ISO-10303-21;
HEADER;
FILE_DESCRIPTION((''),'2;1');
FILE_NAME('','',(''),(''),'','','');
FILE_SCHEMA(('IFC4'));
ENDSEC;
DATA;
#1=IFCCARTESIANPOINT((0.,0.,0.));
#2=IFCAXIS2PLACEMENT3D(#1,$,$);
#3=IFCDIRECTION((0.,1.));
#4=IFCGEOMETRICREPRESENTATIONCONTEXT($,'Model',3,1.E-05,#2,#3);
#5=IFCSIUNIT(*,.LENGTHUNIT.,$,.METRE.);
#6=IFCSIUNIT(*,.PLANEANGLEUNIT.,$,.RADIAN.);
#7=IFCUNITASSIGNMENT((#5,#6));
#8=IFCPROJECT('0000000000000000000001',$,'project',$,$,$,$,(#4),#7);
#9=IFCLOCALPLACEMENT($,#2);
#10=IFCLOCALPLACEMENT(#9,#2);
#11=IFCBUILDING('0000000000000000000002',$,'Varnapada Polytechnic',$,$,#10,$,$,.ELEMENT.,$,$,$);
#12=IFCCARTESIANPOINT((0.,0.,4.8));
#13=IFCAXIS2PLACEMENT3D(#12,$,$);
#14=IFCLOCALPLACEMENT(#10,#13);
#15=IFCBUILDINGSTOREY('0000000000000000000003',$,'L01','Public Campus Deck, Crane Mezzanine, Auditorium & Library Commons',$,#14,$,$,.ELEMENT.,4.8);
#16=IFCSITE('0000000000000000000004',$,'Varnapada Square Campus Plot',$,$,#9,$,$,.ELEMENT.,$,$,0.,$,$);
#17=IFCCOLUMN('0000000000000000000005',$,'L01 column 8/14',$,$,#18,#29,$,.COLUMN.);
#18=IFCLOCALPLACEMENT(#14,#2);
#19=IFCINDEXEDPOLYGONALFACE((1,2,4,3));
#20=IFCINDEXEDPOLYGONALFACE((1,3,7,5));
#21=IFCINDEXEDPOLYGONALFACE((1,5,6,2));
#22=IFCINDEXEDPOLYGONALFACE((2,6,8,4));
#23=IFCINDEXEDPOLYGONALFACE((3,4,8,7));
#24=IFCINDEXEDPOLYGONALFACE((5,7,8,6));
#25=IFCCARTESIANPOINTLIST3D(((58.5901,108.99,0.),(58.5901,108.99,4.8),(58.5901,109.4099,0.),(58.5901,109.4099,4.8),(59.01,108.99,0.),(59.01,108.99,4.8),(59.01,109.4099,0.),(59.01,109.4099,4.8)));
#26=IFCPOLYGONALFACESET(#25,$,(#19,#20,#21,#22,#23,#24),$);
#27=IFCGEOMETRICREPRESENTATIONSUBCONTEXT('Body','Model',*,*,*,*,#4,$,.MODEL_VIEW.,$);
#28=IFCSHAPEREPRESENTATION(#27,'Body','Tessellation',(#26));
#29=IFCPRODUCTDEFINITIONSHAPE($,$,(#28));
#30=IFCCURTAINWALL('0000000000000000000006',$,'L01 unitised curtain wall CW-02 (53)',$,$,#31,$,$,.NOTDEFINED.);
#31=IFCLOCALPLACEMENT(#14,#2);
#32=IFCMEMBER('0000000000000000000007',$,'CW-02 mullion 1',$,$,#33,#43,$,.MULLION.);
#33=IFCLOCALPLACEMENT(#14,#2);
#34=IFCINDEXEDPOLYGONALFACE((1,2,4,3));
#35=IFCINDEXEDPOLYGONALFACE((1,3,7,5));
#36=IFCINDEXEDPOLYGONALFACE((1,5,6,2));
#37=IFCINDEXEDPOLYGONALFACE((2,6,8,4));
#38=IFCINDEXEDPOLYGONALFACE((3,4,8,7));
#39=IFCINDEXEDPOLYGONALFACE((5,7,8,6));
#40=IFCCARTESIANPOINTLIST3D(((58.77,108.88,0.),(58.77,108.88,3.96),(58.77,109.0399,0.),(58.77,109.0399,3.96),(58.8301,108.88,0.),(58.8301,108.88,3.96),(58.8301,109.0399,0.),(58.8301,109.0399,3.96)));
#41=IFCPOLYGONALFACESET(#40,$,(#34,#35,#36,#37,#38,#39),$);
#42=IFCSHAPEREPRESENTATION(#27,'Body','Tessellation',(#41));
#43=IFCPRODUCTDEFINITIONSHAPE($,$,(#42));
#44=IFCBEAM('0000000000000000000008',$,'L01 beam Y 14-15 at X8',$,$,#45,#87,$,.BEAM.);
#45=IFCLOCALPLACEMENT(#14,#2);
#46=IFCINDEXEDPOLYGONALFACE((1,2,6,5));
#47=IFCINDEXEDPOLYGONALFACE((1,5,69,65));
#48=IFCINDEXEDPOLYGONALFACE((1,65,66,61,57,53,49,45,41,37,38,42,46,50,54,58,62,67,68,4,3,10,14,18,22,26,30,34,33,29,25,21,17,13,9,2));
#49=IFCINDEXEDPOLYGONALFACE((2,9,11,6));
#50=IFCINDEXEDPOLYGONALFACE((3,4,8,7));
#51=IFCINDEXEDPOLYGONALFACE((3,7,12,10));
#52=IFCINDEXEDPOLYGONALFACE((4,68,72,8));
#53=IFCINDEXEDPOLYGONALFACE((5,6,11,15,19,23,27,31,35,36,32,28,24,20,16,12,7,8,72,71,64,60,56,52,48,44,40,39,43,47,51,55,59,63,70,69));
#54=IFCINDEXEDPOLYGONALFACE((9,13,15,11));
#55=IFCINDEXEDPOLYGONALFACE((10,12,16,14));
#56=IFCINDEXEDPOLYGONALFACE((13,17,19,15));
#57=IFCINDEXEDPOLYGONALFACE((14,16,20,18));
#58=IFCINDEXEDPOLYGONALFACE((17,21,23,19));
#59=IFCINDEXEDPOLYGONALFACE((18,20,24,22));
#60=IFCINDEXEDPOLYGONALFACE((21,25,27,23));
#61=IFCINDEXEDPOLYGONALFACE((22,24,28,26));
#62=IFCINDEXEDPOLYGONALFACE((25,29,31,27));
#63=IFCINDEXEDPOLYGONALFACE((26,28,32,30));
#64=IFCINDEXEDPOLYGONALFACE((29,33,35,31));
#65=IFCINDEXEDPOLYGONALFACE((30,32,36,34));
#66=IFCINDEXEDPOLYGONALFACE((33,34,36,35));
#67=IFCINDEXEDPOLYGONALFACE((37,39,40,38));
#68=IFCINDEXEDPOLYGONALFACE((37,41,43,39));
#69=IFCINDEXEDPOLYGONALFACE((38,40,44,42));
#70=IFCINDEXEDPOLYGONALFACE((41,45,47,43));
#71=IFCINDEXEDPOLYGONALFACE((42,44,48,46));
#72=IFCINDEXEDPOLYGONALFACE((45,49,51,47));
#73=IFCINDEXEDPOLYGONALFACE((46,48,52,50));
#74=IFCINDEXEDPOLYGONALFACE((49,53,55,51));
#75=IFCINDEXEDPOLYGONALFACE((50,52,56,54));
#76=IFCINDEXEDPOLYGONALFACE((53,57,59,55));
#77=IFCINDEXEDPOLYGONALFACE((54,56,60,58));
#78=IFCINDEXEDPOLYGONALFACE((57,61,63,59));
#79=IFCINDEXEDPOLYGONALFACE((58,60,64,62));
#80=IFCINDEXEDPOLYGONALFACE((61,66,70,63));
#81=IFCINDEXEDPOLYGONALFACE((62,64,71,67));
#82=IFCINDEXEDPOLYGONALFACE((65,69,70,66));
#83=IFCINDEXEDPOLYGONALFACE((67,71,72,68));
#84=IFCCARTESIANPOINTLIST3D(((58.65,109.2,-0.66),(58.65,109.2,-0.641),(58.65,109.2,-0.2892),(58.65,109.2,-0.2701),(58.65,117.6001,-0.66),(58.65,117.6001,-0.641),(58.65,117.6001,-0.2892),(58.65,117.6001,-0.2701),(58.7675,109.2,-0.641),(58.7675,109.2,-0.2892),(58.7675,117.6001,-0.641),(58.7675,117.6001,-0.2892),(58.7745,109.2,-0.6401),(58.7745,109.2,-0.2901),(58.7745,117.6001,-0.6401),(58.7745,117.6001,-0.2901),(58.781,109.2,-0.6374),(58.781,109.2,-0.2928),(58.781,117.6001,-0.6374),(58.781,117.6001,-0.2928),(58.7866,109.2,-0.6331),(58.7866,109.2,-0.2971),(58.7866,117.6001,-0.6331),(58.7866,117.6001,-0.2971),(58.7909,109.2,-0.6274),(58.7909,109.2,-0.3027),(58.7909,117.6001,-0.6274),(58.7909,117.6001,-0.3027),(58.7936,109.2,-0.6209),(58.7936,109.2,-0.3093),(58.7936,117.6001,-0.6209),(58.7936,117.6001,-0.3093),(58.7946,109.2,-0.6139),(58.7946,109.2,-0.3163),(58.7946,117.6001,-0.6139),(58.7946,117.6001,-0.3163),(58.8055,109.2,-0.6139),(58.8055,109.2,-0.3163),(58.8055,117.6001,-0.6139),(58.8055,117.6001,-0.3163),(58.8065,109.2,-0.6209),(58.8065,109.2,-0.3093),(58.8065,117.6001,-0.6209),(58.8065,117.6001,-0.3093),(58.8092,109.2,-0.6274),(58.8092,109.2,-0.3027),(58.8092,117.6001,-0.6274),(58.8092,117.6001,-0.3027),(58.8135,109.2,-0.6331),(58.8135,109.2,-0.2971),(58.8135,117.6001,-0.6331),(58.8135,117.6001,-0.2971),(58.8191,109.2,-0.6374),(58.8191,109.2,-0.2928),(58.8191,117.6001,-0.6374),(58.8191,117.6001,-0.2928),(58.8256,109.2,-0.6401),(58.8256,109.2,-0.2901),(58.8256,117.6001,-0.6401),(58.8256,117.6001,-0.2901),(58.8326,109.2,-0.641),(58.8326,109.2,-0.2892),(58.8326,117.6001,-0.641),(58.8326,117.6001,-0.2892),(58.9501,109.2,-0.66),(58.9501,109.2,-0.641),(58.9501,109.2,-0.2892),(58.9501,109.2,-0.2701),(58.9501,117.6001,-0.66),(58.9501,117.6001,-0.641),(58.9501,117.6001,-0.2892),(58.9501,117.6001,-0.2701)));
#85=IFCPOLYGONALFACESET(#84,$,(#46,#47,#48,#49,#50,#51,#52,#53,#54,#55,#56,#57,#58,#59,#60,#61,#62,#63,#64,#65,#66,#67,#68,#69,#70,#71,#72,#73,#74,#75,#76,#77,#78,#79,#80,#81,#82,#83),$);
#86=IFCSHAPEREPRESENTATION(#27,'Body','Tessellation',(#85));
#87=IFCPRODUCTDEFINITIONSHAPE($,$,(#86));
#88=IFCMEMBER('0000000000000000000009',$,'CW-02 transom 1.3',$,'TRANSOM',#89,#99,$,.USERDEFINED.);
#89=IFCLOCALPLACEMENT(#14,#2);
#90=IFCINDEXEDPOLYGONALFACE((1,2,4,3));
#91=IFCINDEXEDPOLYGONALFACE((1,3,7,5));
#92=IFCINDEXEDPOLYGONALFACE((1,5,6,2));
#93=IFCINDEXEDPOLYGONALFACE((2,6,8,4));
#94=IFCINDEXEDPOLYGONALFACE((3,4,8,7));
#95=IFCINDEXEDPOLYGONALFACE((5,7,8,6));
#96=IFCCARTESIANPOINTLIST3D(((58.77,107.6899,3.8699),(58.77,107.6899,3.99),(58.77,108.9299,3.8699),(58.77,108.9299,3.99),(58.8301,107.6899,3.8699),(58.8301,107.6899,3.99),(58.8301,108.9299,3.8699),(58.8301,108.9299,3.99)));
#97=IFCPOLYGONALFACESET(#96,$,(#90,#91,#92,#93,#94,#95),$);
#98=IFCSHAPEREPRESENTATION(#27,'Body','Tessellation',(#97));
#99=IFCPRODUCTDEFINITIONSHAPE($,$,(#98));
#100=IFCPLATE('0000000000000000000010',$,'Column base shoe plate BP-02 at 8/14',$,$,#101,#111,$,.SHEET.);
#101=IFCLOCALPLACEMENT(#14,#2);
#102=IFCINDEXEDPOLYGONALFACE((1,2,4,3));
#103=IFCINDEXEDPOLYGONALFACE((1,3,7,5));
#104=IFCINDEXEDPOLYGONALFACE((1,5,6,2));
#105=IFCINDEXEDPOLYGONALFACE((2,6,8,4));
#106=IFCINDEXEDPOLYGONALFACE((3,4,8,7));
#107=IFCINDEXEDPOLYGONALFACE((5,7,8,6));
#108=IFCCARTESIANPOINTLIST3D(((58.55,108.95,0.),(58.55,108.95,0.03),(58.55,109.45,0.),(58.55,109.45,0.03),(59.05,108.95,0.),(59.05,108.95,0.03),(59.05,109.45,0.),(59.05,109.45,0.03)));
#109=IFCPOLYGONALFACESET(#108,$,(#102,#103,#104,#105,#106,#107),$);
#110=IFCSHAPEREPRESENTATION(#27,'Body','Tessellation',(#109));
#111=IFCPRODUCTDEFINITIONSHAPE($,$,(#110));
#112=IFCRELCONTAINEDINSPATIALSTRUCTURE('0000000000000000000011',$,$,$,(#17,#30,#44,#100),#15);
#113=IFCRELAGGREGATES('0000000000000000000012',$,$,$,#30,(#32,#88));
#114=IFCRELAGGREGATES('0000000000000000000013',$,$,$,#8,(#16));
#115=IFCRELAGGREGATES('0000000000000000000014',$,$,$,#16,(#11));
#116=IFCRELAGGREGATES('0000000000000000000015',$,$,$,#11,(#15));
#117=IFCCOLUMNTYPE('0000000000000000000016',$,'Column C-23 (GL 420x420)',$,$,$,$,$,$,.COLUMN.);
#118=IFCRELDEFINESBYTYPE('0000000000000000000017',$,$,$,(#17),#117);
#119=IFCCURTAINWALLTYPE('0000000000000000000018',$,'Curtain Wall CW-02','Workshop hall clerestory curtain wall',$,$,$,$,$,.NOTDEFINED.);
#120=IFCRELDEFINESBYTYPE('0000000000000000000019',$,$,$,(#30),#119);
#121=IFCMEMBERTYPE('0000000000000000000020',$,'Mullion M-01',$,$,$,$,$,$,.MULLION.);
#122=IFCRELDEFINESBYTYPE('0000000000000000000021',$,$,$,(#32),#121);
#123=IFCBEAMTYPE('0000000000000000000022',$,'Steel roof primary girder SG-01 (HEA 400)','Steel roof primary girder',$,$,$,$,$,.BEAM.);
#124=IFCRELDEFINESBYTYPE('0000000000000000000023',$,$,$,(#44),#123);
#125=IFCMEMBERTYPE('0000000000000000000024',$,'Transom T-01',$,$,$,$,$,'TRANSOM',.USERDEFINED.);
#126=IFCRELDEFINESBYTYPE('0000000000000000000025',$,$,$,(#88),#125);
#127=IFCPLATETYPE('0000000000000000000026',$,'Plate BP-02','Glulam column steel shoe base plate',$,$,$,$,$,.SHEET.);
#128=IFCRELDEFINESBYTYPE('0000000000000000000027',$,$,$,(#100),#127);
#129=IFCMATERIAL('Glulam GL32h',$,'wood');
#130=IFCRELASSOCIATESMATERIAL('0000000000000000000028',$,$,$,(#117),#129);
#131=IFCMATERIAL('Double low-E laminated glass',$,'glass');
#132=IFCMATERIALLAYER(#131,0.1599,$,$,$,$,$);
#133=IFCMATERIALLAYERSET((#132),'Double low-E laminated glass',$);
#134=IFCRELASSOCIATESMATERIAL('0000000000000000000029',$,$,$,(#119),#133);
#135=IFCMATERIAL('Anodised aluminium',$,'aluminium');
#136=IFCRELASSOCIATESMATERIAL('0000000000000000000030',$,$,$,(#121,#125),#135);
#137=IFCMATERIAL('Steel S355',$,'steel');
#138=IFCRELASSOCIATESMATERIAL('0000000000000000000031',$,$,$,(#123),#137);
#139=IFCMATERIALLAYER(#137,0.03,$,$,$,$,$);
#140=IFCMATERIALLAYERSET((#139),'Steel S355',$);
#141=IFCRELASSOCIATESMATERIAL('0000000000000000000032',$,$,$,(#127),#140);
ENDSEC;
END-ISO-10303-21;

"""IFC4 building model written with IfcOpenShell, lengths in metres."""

from ifc_helpers import new_model, si_unit, direction, frame, origin, origin_2d, place, context, subcontext, project, spatial, rectangle, i_section, extrude, material, layer, layer_set, material_profile, profile_set, type_object, element, aggregate, save


model = new_model("IFC4")

# Units and contexts
model_context = context("Model", 3, precision=1e-05, world=origin(), true_north=direction((0.0, 1.0)))
body_context = subcontext(model_context, "Body", "Model", "MODEL_VIEW")
ifc_project = project(units=[si_unit("LENGTHUNIT", "METRE"), si_unit("PLANEANGLEUNIT", "RADIAN")], contexts=[model_context])

# Site, building, storey
site_placement = place(None, origin())
site = spatial("IfcSite", under=ifc_project, at=site_placement, Name="Varnapada Square Campus Plot", CompositionType="ELEMENT", RefElevation=0.0)
building_placement = place(site_placement, origin())
building = spatial("IfcBuilding", under=site, at=building_placement, Name="Varnapada Polytechnic", CompositionType="ELEMENT")
storey_placement = place(building_placement, frame((0.0, 0.0, 4.8)))
storey = spatial("IfcBuildingStorey", under=building, at=storey_placement, Name="L01", Description="Public Campus Deck, Crane Mezzanine, Auditorium & Library Commons", CompositionType="ELEMENT", Elevation=4.8)

# Column
ifc_material_1 = material(Name="Glulam GL32h", Category="wood")
ifc_material_profile_1 = material_profile(ifc_material_1, rectangle(XDim=0.4199, YDim=0.4199, at=origin_2d()), Name="GL 420x420")
ifc_profile_set_1 = profile_set([ifc_material_profile_1], Name="Glulam GL32h")
column_type = type_object("IfcColumnType", Name="Column C-23 (GL 420x420)", PredefinedType="COLUMN", material=ifc_profile_set_1)
column_placement = place(storey_placement, frame((58.8, 109.2, 0.0), z_axis=(0.0, 0.0, 1.0), x_axis=(1.0, 0.0, 0.0)))
element("IfcColumn", 1, at=column_placement, inside=storey, type_object=column_type, Name="L01 column 8/14", PredefinedType="COLUMN", context=body_context, shape_type="SweptSolid", body=[
    extrude(rectangle(XDim=0.4199, YDim=0.4199, at=origin_2d()), origin(), (0.0, 0.0, 1.0), 4.8),
])

# Curtain wall, member
ifc_material_2 = material(Name="Double low-E laminated glass", Category="glass")
ifc_layer_1 = layer(ifc_material_2, 0.1599)
ifc_layer_set_1 = layer_set([ifc_layer_1], Name="Double low-E laminated glass")
curtain_wall_type = type_object("IfcCurtainWallType", Name="Curtain Wall CW-02", Description="Workshop hall clerestory curtain wall", PredefinedType="NOTDEFINED", material=ifc_layer_set_1)
curtain_wall_placement = place(storey_placement, origin())
curtain_wall = element("IfcCurtainWall", 2, at=curtain_wall_placement, inside=storey, type_object=curtain_wall_type, Name="L01 unitised curtain wall CW-02 (53)", PredefinedType="NOTDEFINED")
ifc_material_3 = material(Name="Anodised aluminium", Category="aluminium")
ifc_material_profile_2 = material_profile(ifc_material_3, rectangle(XDim=0.0601, YDim=0.1599, at=origin_2d()), Name="ALU M60x160")
ifc_profile_set_2 = profile_set([ifc_material_profile_2], Name="Anodised aluminium")
member_type_1 = type_object("IfcMemberType", Name="Mullion M-01", PredefinedType="MULLION", material=ifc_profile_set_2)
member_1_placement = place(storey_placement, frame((58.8, 108.96, 0.0), z_axis=(0.0, 0.0, 1.0), x_axis=(1.0, 0.0, 0.0)))
member_1 = element("IfcMember", 3, at=member_1_placement, type_object=member_type_1, Name="CW-02 mullion 1", PredefinedType="MULLION", context=body_context, shape_type="SweptSolid", body=[
    extrude(rectangle(XDim=0.0601, YDim=0.1599, at=origin_2d()), origin(), (0.0, 0.0, 1.0), 3.96),
])

# Beam
ifc_material_4 = material(Name="Steel S355", Category="steel")
ifc_material_profile_3 = material_profile(ifc_material_4, i_section(OverallWidth=0.3, OverallDepth=0.3899, WebThickness=0.011, FlangeThickness=0.019, FilletRadius=0.0271, at=origin_2d()), Name="HEA 400")
ifc_profile_set_3 = profile_set([ifc_material_profile_3], Name="Steel S355")
beam_type = type_object("IfcBeamType", Name="Steel roof primary girder SG-01 (HEA 400)", Description="Steel roof primary girder", PredefinedType="BEAM", material=ifc_profile_set_3)
beam_placement = place(storey_placement, frame((58.8, 109.2, -0.4651), z_axis=(0.0, 1.0, 0.0), x_axis=(-1.0, 0.0, 0.0)))
element("IfcBeam", 4, at=beam_placement, inside=storey, type_object=beam_type, Name="L01 beam Y 14-15 at X8", PredefinedType="BEAM", context=body_context, shape_type="SweptSolid", body=[
    extrude(i_section(OverallWidth=0.3, OverallDepth=0.3899, WebThickness=0.011, FlangeThickness=0.019, FilletRadius=0.0271, at=origin_2d()), origin(), (0.0, 0.0, 1.0), 8.4001),
])

# Member
ifc_material_profile_4 = material_profile(ifc_material_3, rectangle(XDim=0.0601, YDim=0.1201, at=origin_2d()), Name="ALU T60x120")
ifc_profile_set_4 = profile_set([ifc_material_profile_4], Name="Anodised aluminium")
member_type_2 = type_object("IfcMemberType", Name="Transom T-01", ElementType="TRANSOM", PredefinedType="USERDEFINED", material=ifc_profile_set_4)
member_2_placement = place(storey_placement, frame((58.8, 108.9299, 3.9299), z_axis=(0.0, -1.0, 0.0), x_axis=(1.0, 0.0, 0.0)))
member_2 = element("IfcMember", 5, at=member_2_placement, type_object=member_type_2, Name="CW-02 transom 1.3", ObjectType="TRANSOM", PredefinedType="USERDEFINED", context=body_context, shape_type="SweptSolid", body=[
    extrude(rectangle(XDim=0.0601, YDim=0.1201, at=origin_2d()), origin(), (0.0, 0.0, 1.0), 1.24),
])
aggregate(curtain_wall, [member_1, member_2])

# Plate
ifc_layer_2 = layer(ifc_material_4, 0.03)
ifc_layer_set_2 = layer_set([ifc_layer_2], Name="Steel S355")
plate_type = type_object("IfcPlateType", Name="Plate BP-02", Description="Glulam column steel shoe base plate", PredefinedType="SHEET", material=ifc_layer_set_2)
plate_placement = place(storey_placement, frame((58.8, 109.2, 0.0), z_axis=(0.0, 0.0, 1.0), x_axis=(1.0, 0.0, 0.0)))
element("IfcPlate", 6, at=plate_placement, inside=storey, type_object=plate_type, Name="Column base shoe plate BP-02 at 8/14", PredefinedType="SHEET", context=body_context, shape_type="SweptSolid", body=[
    extrude(rectangle(XDim=0.5, YDim=0.5, at=origin_2d()), origin(), (0.0, 0.0, 1.0), 0.03),
])

save(model, "model.ifc")
